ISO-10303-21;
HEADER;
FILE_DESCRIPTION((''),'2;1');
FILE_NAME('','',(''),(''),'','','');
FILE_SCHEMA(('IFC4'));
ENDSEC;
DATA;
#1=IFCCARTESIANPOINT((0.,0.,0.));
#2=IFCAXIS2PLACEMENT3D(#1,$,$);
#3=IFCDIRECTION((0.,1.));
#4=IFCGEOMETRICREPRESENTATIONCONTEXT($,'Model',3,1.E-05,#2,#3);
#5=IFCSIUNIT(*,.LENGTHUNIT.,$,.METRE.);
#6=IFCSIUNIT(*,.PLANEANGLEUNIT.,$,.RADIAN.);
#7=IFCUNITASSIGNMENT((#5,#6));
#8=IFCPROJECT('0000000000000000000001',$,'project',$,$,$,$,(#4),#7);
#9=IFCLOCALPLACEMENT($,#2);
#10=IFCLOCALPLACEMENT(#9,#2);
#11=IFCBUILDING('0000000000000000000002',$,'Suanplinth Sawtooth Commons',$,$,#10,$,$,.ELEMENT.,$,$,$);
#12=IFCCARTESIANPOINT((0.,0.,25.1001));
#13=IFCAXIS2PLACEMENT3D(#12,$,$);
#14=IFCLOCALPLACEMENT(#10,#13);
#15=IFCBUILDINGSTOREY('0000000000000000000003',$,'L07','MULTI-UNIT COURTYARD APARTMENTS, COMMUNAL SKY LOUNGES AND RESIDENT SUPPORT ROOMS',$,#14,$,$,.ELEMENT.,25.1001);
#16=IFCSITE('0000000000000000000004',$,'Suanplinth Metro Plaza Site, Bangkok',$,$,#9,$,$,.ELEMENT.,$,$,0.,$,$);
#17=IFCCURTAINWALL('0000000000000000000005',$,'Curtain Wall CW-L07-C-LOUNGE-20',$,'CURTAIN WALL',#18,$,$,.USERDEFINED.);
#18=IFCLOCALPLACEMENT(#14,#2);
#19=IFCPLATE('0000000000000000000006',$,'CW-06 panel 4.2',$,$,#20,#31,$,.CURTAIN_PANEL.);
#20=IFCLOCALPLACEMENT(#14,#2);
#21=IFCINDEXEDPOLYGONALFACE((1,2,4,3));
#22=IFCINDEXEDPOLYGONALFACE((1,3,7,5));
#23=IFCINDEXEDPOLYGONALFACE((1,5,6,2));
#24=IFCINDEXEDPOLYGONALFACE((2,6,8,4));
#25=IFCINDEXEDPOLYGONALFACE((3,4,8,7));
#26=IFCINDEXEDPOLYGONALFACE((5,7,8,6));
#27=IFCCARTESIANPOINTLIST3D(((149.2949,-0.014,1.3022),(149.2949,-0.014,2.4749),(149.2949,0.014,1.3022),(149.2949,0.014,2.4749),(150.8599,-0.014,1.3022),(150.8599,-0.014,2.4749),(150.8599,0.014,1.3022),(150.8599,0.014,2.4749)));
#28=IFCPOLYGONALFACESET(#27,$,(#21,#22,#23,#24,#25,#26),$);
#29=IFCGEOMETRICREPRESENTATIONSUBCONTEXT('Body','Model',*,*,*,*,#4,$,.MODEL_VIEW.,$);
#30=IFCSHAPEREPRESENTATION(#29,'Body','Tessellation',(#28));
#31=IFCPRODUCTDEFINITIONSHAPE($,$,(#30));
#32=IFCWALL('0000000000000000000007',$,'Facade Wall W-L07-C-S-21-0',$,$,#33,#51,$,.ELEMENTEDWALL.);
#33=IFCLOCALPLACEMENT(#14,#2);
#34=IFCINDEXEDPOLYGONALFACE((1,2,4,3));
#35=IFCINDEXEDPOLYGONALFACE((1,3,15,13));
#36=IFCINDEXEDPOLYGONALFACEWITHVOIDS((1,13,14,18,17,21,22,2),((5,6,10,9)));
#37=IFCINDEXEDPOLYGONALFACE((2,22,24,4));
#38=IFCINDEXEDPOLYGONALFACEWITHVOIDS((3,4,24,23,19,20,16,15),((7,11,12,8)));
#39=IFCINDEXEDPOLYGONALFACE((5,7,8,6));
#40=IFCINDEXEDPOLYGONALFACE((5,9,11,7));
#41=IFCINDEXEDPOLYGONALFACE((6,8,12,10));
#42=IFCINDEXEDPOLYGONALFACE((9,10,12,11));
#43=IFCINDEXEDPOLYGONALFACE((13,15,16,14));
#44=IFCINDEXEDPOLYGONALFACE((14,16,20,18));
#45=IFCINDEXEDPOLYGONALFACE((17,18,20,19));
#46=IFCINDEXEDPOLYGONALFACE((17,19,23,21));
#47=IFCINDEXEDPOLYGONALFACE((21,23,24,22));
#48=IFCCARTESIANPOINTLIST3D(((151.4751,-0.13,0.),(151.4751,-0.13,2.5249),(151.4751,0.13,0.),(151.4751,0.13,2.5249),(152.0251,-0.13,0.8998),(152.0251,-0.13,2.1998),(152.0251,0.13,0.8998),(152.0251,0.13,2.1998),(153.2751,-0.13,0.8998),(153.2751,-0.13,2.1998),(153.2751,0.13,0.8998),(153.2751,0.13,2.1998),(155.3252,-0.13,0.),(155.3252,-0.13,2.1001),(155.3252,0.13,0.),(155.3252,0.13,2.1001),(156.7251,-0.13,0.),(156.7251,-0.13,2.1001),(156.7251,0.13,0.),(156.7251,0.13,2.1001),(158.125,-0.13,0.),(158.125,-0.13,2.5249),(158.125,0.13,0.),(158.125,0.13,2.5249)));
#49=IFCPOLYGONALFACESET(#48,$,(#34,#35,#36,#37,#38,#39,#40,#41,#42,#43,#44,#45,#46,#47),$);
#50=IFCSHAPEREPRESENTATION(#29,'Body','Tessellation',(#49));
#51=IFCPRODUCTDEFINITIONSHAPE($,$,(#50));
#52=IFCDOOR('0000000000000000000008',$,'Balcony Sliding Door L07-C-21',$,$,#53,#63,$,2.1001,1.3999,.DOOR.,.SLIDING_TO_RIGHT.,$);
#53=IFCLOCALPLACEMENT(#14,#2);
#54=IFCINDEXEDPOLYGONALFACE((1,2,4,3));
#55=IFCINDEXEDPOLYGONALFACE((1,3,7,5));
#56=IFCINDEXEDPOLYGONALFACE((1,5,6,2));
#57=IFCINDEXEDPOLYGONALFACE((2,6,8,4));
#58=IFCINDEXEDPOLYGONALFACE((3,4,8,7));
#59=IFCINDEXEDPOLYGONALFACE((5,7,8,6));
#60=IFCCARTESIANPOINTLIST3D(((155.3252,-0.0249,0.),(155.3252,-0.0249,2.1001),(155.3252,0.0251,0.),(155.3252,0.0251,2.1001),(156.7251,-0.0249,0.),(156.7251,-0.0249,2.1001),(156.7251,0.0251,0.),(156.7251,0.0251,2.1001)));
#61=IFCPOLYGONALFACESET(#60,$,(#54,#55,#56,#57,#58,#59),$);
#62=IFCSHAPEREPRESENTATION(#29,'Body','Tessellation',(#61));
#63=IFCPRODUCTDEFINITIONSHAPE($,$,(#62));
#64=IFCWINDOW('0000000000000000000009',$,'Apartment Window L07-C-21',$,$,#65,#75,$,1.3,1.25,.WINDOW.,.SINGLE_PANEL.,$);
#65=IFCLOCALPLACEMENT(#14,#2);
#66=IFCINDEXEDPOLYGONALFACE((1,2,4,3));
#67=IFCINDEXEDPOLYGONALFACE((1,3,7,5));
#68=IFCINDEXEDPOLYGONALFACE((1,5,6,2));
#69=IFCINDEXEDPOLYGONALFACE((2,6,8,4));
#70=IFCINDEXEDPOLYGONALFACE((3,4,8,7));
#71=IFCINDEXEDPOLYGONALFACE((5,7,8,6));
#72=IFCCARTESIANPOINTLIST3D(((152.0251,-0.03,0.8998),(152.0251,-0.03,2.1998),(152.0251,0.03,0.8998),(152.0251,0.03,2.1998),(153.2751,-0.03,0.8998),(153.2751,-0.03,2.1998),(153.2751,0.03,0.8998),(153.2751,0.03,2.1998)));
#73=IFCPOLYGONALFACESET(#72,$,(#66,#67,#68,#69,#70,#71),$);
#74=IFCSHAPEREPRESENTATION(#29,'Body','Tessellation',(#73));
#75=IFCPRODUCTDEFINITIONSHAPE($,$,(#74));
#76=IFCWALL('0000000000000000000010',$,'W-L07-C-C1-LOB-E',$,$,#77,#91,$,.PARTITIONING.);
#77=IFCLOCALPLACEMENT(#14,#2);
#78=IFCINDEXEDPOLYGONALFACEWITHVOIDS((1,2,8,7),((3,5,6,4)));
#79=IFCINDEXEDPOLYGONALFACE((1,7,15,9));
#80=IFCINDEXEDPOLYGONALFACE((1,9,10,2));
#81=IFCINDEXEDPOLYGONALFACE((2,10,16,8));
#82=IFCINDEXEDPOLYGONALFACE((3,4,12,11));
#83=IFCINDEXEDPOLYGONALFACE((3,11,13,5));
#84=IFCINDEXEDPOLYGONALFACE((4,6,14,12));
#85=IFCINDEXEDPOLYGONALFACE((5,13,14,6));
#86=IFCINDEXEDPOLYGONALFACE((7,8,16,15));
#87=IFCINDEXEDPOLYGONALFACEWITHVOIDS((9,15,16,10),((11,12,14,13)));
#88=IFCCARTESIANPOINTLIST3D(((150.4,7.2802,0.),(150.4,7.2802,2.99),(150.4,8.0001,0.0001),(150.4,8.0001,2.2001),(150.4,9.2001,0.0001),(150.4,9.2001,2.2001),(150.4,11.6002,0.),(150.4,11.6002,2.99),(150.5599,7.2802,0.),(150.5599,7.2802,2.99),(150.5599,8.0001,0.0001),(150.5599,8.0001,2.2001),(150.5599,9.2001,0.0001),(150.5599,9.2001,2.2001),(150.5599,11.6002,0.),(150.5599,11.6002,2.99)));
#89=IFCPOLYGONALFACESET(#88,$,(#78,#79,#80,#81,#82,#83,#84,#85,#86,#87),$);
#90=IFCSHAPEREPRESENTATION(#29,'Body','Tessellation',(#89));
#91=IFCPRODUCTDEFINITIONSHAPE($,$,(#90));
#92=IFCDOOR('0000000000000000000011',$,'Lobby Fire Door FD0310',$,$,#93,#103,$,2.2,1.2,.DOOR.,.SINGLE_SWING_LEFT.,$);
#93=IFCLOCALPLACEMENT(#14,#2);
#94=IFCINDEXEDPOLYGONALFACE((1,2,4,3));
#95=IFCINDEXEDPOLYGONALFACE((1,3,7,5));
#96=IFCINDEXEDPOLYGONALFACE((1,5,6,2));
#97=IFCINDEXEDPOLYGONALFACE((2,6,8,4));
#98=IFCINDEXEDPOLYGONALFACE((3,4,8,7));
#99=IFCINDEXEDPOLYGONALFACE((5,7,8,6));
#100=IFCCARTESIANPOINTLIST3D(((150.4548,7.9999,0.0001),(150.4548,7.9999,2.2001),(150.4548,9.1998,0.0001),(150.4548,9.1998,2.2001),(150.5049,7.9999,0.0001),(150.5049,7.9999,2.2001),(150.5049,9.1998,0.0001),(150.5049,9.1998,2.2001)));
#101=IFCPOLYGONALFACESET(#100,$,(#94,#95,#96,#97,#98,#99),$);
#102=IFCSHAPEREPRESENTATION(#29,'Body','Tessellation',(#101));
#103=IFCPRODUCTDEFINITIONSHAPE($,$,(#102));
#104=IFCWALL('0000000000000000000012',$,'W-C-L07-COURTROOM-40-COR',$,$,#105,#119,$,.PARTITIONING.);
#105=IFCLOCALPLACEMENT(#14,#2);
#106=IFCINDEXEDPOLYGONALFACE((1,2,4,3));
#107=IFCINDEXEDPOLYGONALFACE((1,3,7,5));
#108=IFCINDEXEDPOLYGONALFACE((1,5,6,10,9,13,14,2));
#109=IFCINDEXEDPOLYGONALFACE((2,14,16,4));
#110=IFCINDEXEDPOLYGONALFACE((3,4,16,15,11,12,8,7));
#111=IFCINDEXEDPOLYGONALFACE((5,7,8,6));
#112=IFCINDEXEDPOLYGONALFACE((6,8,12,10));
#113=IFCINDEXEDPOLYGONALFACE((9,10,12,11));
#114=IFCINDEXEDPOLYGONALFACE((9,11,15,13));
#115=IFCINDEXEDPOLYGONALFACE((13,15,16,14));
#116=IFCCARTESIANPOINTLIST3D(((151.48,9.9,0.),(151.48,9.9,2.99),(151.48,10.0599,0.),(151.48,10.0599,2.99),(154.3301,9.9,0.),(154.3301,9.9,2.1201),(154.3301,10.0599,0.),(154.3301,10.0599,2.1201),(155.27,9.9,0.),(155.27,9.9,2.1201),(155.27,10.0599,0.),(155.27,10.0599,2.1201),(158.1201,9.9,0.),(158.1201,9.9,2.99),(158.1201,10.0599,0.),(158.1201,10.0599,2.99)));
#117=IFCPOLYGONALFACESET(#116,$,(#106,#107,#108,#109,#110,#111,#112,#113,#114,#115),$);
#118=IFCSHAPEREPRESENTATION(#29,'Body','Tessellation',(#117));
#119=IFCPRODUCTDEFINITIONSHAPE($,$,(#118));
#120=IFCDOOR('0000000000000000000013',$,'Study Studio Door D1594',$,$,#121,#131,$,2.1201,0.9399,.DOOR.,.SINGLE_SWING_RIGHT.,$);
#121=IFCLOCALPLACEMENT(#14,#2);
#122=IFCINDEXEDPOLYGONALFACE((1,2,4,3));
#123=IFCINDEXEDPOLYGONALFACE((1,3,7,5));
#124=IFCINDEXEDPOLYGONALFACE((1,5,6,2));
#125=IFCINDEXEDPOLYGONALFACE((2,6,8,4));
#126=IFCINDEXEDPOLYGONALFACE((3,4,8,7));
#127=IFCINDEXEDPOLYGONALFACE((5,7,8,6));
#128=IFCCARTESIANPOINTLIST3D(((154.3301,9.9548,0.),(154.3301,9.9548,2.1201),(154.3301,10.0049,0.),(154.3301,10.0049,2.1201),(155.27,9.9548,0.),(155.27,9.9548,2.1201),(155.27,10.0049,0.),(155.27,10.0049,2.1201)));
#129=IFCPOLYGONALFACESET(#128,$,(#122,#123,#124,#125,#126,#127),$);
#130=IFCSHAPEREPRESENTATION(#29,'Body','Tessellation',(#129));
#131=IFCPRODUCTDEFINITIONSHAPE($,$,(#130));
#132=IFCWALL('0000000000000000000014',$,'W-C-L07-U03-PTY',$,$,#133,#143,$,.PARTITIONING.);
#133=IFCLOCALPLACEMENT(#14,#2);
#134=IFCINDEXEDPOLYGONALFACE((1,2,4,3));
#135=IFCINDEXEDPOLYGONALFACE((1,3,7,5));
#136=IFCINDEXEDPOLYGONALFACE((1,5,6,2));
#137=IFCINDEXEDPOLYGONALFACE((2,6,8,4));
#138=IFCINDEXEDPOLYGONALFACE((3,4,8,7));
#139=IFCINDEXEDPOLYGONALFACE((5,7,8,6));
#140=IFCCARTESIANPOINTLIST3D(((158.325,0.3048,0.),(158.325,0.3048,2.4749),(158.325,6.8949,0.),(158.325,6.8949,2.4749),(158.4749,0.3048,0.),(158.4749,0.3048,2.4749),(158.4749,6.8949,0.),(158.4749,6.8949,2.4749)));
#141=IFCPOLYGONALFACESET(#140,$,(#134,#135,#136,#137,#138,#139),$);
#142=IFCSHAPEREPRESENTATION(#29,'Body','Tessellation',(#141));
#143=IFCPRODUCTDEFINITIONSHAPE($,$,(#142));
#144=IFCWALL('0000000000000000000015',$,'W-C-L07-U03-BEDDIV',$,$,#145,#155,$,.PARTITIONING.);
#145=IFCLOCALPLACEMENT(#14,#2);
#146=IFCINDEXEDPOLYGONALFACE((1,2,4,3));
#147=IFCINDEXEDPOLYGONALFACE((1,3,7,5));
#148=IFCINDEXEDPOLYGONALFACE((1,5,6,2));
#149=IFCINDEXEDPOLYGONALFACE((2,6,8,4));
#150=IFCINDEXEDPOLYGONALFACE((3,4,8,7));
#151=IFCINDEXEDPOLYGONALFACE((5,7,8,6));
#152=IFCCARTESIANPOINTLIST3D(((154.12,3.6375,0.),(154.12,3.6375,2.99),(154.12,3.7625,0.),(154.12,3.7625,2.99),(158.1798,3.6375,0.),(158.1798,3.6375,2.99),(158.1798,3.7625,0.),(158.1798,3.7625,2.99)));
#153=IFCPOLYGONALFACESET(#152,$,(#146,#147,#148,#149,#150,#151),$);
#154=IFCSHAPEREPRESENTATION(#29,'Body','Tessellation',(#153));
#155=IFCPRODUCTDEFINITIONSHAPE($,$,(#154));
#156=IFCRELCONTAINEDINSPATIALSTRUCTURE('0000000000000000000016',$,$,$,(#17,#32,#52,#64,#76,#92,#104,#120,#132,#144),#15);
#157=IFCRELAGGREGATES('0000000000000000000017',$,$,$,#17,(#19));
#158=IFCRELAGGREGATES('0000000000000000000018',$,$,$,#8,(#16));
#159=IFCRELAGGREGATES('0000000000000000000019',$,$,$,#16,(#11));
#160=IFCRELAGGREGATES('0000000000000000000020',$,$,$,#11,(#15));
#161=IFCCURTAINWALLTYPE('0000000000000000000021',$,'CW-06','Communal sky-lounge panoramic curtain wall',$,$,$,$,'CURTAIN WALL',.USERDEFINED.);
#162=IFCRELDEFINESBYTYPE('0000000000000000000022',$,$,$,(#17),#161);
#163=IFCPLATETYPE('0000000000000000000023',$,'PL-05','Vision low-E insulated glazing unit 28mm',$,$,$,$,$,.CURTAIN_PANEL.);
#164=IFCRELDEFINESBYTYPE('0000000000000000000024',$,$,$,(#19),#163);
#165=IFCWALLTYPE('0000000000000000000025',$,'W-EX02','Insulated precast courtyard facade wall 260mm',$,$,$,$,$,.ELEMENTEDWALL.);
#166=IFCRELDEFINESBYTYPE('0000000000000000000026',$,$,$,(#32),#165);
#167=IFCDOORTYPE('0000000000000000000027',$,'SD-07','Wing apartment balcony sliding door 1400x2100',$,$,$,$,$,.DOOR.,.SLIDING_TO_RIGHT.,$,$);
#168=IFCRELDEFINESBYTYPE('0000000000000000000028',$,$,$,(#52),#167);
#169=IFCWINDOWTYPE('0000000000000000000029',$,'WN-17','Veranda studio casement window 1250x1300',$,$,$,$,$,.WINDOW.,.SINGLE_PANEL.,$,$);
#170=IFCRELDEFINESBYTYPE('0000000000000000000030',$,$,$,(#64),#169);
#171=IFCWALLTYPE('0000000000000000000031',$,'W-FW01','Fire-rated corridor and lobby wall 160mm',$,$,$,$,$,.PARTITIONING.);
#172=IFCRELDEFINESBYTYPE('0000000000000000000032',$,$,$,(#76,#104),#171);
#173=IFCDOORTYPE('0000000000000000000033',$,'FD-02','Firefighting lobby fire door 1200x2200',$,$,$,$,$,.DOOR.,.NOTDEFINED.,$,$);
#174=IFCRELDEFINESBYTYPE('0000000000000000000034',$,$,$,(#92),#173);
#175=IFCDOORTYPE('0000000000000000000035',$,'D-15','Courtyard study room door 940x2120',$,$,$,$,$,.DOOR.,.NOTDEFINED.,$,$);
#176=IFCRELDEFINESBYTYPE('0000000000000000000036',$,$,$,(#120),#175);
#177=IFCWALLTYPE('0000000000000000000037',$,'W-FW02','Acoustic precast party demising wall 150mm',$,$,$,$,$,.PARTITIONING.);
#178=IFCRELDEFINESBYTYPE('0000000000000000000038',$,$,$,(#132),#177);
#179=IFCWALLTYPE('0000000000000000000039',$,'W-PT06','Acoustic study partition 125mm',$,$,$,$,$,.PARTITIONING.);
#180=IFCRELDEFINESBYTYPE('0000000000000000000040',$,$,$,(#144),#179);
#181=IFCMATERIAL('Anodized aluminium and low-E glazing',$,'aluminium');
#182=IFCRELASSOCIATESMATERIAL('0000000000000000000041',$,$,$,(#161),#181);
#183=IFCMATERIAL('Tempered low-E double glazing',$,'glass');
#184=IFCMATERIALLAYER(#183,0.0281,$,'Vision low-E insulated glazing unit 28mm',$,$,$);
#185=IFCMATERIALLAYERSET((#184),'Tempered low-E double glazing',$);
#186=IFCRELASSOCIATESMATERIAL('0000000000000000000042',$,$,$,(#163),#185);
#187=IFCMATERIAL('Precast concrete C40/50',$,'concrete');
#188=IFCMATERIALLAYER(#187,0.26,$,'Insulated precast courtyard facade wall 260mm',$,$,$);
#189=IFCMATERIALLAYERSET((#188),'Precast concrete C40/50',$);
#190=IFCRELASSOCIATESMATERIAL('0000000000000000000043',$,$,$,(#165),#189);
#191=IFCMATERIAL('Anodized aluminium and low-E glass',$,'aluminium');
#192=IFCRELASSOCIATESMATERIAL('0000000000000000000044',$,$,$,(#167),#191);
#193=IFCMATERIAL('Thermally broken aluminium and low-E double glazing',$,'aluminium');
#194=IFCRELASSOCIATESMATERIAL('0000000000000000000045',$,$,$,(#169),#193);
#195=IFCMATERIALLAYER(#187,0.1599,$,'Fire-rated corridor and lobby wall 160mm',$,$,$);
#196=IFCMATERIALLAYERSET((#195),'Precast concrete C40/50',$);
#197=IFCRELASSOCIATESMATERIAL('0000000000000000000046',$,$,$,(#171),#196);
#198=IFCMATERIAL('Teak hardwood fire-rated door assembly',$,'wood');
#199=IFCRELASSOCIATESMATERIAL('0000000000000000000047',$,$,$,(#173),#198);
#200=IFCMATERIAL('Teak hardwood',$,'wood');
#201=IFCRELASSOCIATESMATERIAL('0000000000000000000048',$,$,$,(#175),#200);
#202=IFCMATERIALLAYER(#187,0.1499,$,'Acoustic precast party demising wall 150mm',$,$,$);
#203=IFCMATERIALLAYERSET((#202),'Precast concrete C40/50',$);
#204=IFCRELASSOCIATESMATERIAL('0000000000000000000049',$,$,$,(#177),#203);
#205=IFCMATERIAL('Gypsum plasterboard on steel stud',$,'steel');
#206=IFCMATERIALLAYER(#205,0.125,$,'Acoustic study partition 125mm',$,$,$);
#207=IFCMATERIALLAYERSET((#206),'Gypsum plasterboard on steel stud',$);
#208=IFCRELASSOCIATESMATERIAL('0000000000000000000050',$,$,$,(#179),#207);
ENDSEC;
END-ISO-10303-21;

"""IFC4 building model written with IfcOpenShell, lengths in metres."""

from ifc_helpers import new_model, si_unit, direction, frame, frame_2d, origin, origin_2d, place, context, subcontext, project, spatial, rectangle, extrude, material, layer, layer_set, type_object, element, fill, aggregate, save


model = new_model("IFC4")

# Units and contexts
model_context = context("Model", 3, precision=1e-05, world=origin(), true_north=direction((0.0, 1.0)))
body_context = subcontext(model_context, "Body", "Model", "MODEL_VIEW")
ifc_project = project(units=[si_unit("LENGTHUNIT", "METRE"), si_unit("PLANEANGLEUNIT", "RADIAN")], contexts=[model_context])

# Site, building, storey
site_placement = place(None, origin())
site = spatial("IfcSite", under=ifc_project, at=site_placement, Name="Suanplinth Metro Plaza Site, Bangkok", CompositionType="ELEMENT", RefElevation=0.0)
building_placement = place(site_placement, origin())
building = spatial("IfcBuilding", under=site, at=building_placement, Name="Suanplinth Sawtooth Commons", CompositionType="ELEMENT")
storey_placement = place(building_placement, frame((0.0, 0.0, 25.1001)))
storey = spatial("IfcBuildingStorey", under=building, at=storey_placement, Name="L07", Description="MULTI-UNIT COURTYARD APARTMENTS, COMMUNAL SKY LOUNGES AND RESIDENT SUPPORT ROOMS", CompositionType="ELEMENT", Elevation=25.1001)

# Shared definitions
ifc_material_1 = material(Name="Precast concrete C40/50", Category="concrete")

# Curtain wall, plate
ifc_material_2 = material(Name="Anodized aluminium and low-E glazing", Category="aluminium")
curtain_wall_type = type_object("IfcCurtainWallType", Name="CW-06", Description="Communal sky-lounge panoramic curtain wall", ElementType="CURTAIN WALL", PredefinedType="USERDEFINED", material=ifc_material_2)
curtain_wall_placement = place(storey_placement, origin())
curtain_wall = element("IfcCurtainWall", 1, at=curtain_wall_placement, inside=storey, type_object=curtain_wall_type, Name="Curtain Wall CW-L07-C-LOUNGE-20", ObjectType="CURTAIN WALL", PredefinedType="USERDEFINED")
ifc_material_3 = material(Name="Tempered low-E double glazing", Category="glass")
ifc_layer_1 = layer(ifc_material_3, 0.0281, Name="Vision low-E insulated glazing unit 28mm")
ifc_layer_set_1 = layer_set([ifc_layer_1], Name="Tempered low-E double glazing")
plate_type = type_object("IfcPlateType", Name="PL-05", Description="Vision low-E insulated glazing unit 28mm", PredefinedType="CURTAIN_PANEL", material=ifc_layer_set_1)
plate_1_placement = place(storey_placement, frame((150.0774, 0.0, 1.3022), z_axis=(0.0, 0.0, 1.0), x_axis=(1.0, 0.0, 0.0)))
plate_1 = element("IfcPlate", 2, at=plate_1_placement, type_object=plate_type, Name="CW-06 panel 4.2", PredefinedType="CURTAIN_PANEL", context=body_context, shape_type="SweptSolid", body=[
    extrude(rectangle(XDim=1.5649, YDim=0.0281, at=origin_2d()), origin(), (0.0, 0.0, 1.0), 1.1726),
])
aggregate(curtain_wall, [plate_1])

# Wall, openings, door, window
ifc_layer_2 = layer(ifc_material_1, 0.26, Name="Insulated precast courtyard facade wall 260mm")
ifc_layer_set_2 = layer_set([ifc_layer_2], Name="Precast concrete C40/50")
wall_type_1 = type_object("IfcWallType", Name="W-EX02", Description="Insulated precast courtyard facade wall 260mm", PredefinedType="ELEMENTEDWALL", material=ifc_layer_set_2)
wall_1_placement = place(storey_placement, frame((151.4751, 0.0, 0.0), z_axis=(0.0, 0.0, 1.0), x_axis=(1.0, 0.0, 0.0)))
wall_1 = element("IfcWall", 3, at=wall_1_placement, inside=storey, type_object=wall_type_1, Name="Facade Wall W-L07-C-S-21-0", PredefinedType="ELEMENTEDWALL", context=body_context, shape_type="SweptSolid", body=[
    extrude(rectangle(XDim=6.6499, YDim=0.26, at=frame_2d((3.325, 0.0))), origin(), (0.0, 0.0, 1.0), 2.5249),
])
opening_1_placement = place(wall_1_placement, frame((3.8501, 0.0, 0.0)))
opening_1 = element("IfcOpeningElement", 4, at=opening_1_placement, cuts=wall_1, PredefinedType="OPENING", context=body_context, shape_type="SweptSolid", body=[
    extrude(rectangle(XDim=1.3999, YDim=2.1001, at=frame_2d((0.7, 1.05))), frame((0.0, 0.145, 0.0), z_axis=(0.0, -1.0, 0.0), x_axis=(1.0, 0.0, 0.0)), (0.0, 0.0, 1.0), 0.2898),
])
opening_2_placement = place(wall_1_placement, frame((0.55, 0.0, 0.8999)))
opening_2 = element("IfcOpeningElement", 5, at=opening_2_placement, cuts=wall_1, PredefinedType="OPENING", context=body_context, shape_type="SweptSolid", body=[
    extrude(rectangle(XDim=1.25, YDim=1.3, at=frame_2d((0.625, 0.6499))), frame((0.0, 0.145, 0.0), z_axis=(0.0, -1.0, 0.0), x_axis=(1.0, 0.0, 0.0)), (0.0, 0.0, 1.0), 0.2898),
])
ifc_material_4 = material(Name="Anodized aluminium and low-E glass", Category="aluminium")
door_type_1 = type_object("IfcDoorType", Name="SD-07", Description="Wing apartment balcony sliding door 1400x2100", OperationType="SLIDING_TO_RIGHT", PredefinedType="DOOR", material=ifc_material_4)
door_1_placement = place(opening_1_placement, frame((1.3999, 0.0, 0.0), z_axis=(0.0, 0.0, 1.0), x_axis=(-1.0, 0.0, 0.0)))
door_1 = element("IfcDoor", 6, at=door_1_placement, inside=storey, type_object=door_type_1, Name="Balcony Sliding Door L07-C-21", OperationType="SLIDING_TO_RIGHT", OverallHeight=2.1001, OverallWidth=1.3999, PredefinedType="DOOR", context=body_context, shape_type="SweptSolid", body=[
    extrude(rectangle(XDim=1.3999, YDim=2.1001, at=frame_2d((0.7, 1.05))), frame((0.0, 0.0249, 0.0), z_axis=(0.0, -1.0, 0.0), x_axis=(1.0, 0.0, 0.0)), (0.0, 0.0, 1.0), 0.05),
])
fill(opening_1, door_1)
ifc_material_5 = material(Name="Thermally broken aluminium and low-E double glazing", Category="aluminium")
window_type = type_object("IfcWindowType", Name="WN-17", Description="Veranda studio casement window 1250x1300", PartitioningType="SINGLE_PANEL", PredefinedType="WINDOW", material=ifc_material_5)
window_placement = place(opening_2_placement, origin())
window = element("IfcWindow", 7, at=window_placement, inside=storey, type_object=window_type, Name="Apartment Window L07-C-21", OverallHeight=1.3, OverallWidth=1.25, PartitioningType="SINGLE_PANEL", PredefinedType="WINDOW", context=body_context, shape_type="SweptSolid", body=[
    extrude(rectangle(XDim=1.25, YDim=1.3, at=frame_2d((0.625, 0.6499))), frame((0.0, 0.03, 0.0), z_axis=(0.0, -1.0, 0.0), x_axis=(1.0, 0.0, 0.0)), (0.0, 0.0, 1.0), 0.0601),
])
fill(opening_2, window)

# Walls, openings, doors
ifc_layer_3 = layer(ifc_material_1, 0.1599, Name="Fire-rated corridor and lobby wall 160mm")
ifc_layer_set_3 = layer_set([ifc_layer_3], Name="Precast concrete C40/50")
wall_type_2 = type_object("IfcWallType", Name="W-FW01", Description="Fire-rated corridor and lobby wall 160mm", PredefinedType="PARTITIONING", material=ifc_layer_set_3)
wall_2_placement = place(storey_placement, frame((150.48, 7.28, 0.0), z_axis=(0.0, 0.0, 1.0), x_axis=(0.0, 1.0, 0.0)))
wall_2 = element("IfcWall", 8, at=wall_2_placement, inside=storey, type_object=wall_type_2, Name="W-L07-C-C1-LOB-E", PredefinedType="PARTITIONING", context=body_context, shape_type="SweptSolid", body=[
    extrude(rectangle(XDim=4.3201, YDim=0.1599, at=frame_2d((2.1602, 0.0))), origin(), (0.0, 0.0, 1.0), 2.99),
])
opening_3_placement = place(wall_2_placement, frame((0.72, 0.0, 0.0)))
opening_3 = element("IfcOpeningElement", 9, at=opening_3_placement, cuts=wall_2, PredefinedType="OPENING", context=body_context, shape_type="SweptSolid", body=[
    extrude(rectangle(XDim=1.2, YDim=2.2, at=frame_2d((0.6001, 1.1001))), frame((0.0, 0.0947, 0.0), z_axis=(0.0, -1.0, 0.0), x_axis=(1.0, 0.0, 0.0)), (0.0, 0.0, 1.0), 0.1897),
])
ifc_material_6 = material(Name="Teak hardwood fire-rated door assembly", Category="wood")
door_type_2 = type_object("IfcDoorType", Name="FD-02", Description="Firefighting lobby fire door 1200x2200", OperationType="NOTDEFINED", PredefinedType="DOOR", material=ifc_material_6)
door_2_placement = place(opening_3_placement, frame((1.2, 0.0, 0.0), z_axis=(0.0, 0.0, 1.0), x_axis=(-1.0, 0.0, 0.0)))
door_2 = element("IfcDoor", 10, at=door_2_placement, inside=storey, type_object=door_type_2, Name="Lobby Fire Door FD0310", OperationType="SINGLE_SWING_LEFT", OverallHeight=2.2, OverallWidth=1.2, PredefinedType="DOOR", context=body_context, shape_type="SweptSolid", body=[
    extrude(rectangle(XDim=1.2, YDim=2.2, at=frame_2d((0.6001, 1.1001))), frame((0.0, 0.0249, 0.0), z_axis=(0.0, -1.0, 0.0), x_axis=(1.0, 0.0, 0.0)), (0.0, 0.0, 1.0), 0.05),
])
fill(opening_3, door_2)
wall_3_placement = place(storey_placement, frame((151.48, 9.98, 0.0), z_axis=(0.0, 0.0, 1.0), x_axis=(1.0, 0.0, 0.0)))
wall_3 = element("IfcWall", 11, at=wall_3_placement, inside=storey, type_object=wall_type_2, Name="W-C-L07-COURTROOM-40-COR", PredefinedType="PARTITIONING", context=body_context, shape_type="SweptSolid", body=[
    extrude(rectangle(XDim=6.6401, YDim=0.1599, at=frame_2d((3.3201, 0.0))), origin(), (0.0, 0.0, 1.0), 2.99),
])
opening_4_placement = place(wall_3_placement, frame((2.8501, 0.0, 0.0)))
opening_4 = element("IfcOpeningElement", 12, at=opening_4_placement, cuts=wall_3, PredefinedType="OPENING", context=body_context, shape_type="SweptSolid", body=[
    extrude(rectangle(XDim=0.9399, YDim=2.1201, at=frame_2d((0.47, 1.0601))), frame((0.0, 0.0947, 0.0), z_axis=(0.0, -1.0, 0.0), x_axis=(1.0, 0.0, 0.0)), (0.0, 0.0, 1.0), 0.1897),
])
ifc_material_7 = material(Name="Teak hardwood", Category="wood")
door_type_3 = type_object("IfcDoorType", Name="D-15", Description="Courtyard study room door 940x2120", OperationType="NOTDEFINED", PredefinedType="DOOR", material=ifc_material_7)
door_3_placement = place(opening_4_placement, origin())
door_3 = element("IfcDoor", 13, at=door_3_placement, inside=storey, type_object=door_type_3, Name="Study Studio Door D1594", OperationType="SINGLE_SWING_RIGHT", OverallHeight=2.1201, OverallWidth=0.9399, PredefinedType="DOOR", context=body_context, shape_type="SweptSolid", body=[
    extrude(rectangle(XDim=0.9399, YDim=2.1201, at=frame_2d((0.47, 1.0601))), frame((0.0, 0.0249, 0.0), z_axis=(0.0, -1.0, 0.0), x_axis=(1.0, 0.0, 0.0)), (0.0, 0.0, 1.0), 0.05),
])
fill(opening_4, door_3)

# Wall
ifc_layer_4 = layer(ifc_material_1, 0.1499, Name="Acoustic precast party demising wall 150mm")
ifc_layer_set_4 = layer_set([ifc_layer_4], Name="Precast concrete C40/50")
wall_type_3 = type_object("IfcWallType", Name="W-FW02", Description="Acoustic precast party demising wall 150mm", PredefinedType="PARTITIONING", material=ifc_layer_set_4)
wall_4_placement = place(storey_placement, frame((158.3999, 0.3049, 0.0), z_axis=(0.0, 0.0, 1.0), x_axis=(0.0, 1.0, 0.0)))
element("IfcWall", 14, at=wall_4_placement, inside=storey, type_object=wall_type_3, Name="W-C-L07-U03-PTY", PredefinedType="PARTITIONING", context=body_context, shape_type="SweptSolid", body=[
    extrude(rectangle(XDim=6.5901, YDim=0.1499, at=frame_2d((3.2949, 0.0))), origin(), (0.0, 0.0, 1.0), 2.4749),
])

# Shared definitions
ifc_material_8 = material(Name="Gypsum plasterboard on steel stud", Category="steel")

# Wall
ifc_layer_5 = layer(ifc_material_8, 0.125, Name="Acoustic study partition 125mm")
ifc_layer_set_5 = layer_set([ifc_layer_5], Name="Gypsum plasterboard on steel stud")
wall_type_4 = type_object("IfcWallType", Name="W-PT06", Description="Acoustic study partition 125mm", PredefinedType="PARTITIONING", material=ifc_layer_set_5)
wall_5_placement = place(storey_placement, frame((154.1201, 3.7, 0.0), z_axis=(0.0, 0.0, 1.0), x_axis=(1.0, 0.0, 0.0)))
element("IfcWall", 15, at=wall_5_placement, inside=storey, type_object=wall_type_4, Name="W-C-L07-U03-BEDDIV", PredefinedType="PARTITIONING", context=body_context, shape_type="SweptSolid", body=[
    extrude(rectangle(XDim=4.0598, YDim=0.125, at=frame_2d((2.0298, 0.0))), origin(), (0.0, 0.0, 1.0), 2.99),
])

save(model, "model.ifc")
